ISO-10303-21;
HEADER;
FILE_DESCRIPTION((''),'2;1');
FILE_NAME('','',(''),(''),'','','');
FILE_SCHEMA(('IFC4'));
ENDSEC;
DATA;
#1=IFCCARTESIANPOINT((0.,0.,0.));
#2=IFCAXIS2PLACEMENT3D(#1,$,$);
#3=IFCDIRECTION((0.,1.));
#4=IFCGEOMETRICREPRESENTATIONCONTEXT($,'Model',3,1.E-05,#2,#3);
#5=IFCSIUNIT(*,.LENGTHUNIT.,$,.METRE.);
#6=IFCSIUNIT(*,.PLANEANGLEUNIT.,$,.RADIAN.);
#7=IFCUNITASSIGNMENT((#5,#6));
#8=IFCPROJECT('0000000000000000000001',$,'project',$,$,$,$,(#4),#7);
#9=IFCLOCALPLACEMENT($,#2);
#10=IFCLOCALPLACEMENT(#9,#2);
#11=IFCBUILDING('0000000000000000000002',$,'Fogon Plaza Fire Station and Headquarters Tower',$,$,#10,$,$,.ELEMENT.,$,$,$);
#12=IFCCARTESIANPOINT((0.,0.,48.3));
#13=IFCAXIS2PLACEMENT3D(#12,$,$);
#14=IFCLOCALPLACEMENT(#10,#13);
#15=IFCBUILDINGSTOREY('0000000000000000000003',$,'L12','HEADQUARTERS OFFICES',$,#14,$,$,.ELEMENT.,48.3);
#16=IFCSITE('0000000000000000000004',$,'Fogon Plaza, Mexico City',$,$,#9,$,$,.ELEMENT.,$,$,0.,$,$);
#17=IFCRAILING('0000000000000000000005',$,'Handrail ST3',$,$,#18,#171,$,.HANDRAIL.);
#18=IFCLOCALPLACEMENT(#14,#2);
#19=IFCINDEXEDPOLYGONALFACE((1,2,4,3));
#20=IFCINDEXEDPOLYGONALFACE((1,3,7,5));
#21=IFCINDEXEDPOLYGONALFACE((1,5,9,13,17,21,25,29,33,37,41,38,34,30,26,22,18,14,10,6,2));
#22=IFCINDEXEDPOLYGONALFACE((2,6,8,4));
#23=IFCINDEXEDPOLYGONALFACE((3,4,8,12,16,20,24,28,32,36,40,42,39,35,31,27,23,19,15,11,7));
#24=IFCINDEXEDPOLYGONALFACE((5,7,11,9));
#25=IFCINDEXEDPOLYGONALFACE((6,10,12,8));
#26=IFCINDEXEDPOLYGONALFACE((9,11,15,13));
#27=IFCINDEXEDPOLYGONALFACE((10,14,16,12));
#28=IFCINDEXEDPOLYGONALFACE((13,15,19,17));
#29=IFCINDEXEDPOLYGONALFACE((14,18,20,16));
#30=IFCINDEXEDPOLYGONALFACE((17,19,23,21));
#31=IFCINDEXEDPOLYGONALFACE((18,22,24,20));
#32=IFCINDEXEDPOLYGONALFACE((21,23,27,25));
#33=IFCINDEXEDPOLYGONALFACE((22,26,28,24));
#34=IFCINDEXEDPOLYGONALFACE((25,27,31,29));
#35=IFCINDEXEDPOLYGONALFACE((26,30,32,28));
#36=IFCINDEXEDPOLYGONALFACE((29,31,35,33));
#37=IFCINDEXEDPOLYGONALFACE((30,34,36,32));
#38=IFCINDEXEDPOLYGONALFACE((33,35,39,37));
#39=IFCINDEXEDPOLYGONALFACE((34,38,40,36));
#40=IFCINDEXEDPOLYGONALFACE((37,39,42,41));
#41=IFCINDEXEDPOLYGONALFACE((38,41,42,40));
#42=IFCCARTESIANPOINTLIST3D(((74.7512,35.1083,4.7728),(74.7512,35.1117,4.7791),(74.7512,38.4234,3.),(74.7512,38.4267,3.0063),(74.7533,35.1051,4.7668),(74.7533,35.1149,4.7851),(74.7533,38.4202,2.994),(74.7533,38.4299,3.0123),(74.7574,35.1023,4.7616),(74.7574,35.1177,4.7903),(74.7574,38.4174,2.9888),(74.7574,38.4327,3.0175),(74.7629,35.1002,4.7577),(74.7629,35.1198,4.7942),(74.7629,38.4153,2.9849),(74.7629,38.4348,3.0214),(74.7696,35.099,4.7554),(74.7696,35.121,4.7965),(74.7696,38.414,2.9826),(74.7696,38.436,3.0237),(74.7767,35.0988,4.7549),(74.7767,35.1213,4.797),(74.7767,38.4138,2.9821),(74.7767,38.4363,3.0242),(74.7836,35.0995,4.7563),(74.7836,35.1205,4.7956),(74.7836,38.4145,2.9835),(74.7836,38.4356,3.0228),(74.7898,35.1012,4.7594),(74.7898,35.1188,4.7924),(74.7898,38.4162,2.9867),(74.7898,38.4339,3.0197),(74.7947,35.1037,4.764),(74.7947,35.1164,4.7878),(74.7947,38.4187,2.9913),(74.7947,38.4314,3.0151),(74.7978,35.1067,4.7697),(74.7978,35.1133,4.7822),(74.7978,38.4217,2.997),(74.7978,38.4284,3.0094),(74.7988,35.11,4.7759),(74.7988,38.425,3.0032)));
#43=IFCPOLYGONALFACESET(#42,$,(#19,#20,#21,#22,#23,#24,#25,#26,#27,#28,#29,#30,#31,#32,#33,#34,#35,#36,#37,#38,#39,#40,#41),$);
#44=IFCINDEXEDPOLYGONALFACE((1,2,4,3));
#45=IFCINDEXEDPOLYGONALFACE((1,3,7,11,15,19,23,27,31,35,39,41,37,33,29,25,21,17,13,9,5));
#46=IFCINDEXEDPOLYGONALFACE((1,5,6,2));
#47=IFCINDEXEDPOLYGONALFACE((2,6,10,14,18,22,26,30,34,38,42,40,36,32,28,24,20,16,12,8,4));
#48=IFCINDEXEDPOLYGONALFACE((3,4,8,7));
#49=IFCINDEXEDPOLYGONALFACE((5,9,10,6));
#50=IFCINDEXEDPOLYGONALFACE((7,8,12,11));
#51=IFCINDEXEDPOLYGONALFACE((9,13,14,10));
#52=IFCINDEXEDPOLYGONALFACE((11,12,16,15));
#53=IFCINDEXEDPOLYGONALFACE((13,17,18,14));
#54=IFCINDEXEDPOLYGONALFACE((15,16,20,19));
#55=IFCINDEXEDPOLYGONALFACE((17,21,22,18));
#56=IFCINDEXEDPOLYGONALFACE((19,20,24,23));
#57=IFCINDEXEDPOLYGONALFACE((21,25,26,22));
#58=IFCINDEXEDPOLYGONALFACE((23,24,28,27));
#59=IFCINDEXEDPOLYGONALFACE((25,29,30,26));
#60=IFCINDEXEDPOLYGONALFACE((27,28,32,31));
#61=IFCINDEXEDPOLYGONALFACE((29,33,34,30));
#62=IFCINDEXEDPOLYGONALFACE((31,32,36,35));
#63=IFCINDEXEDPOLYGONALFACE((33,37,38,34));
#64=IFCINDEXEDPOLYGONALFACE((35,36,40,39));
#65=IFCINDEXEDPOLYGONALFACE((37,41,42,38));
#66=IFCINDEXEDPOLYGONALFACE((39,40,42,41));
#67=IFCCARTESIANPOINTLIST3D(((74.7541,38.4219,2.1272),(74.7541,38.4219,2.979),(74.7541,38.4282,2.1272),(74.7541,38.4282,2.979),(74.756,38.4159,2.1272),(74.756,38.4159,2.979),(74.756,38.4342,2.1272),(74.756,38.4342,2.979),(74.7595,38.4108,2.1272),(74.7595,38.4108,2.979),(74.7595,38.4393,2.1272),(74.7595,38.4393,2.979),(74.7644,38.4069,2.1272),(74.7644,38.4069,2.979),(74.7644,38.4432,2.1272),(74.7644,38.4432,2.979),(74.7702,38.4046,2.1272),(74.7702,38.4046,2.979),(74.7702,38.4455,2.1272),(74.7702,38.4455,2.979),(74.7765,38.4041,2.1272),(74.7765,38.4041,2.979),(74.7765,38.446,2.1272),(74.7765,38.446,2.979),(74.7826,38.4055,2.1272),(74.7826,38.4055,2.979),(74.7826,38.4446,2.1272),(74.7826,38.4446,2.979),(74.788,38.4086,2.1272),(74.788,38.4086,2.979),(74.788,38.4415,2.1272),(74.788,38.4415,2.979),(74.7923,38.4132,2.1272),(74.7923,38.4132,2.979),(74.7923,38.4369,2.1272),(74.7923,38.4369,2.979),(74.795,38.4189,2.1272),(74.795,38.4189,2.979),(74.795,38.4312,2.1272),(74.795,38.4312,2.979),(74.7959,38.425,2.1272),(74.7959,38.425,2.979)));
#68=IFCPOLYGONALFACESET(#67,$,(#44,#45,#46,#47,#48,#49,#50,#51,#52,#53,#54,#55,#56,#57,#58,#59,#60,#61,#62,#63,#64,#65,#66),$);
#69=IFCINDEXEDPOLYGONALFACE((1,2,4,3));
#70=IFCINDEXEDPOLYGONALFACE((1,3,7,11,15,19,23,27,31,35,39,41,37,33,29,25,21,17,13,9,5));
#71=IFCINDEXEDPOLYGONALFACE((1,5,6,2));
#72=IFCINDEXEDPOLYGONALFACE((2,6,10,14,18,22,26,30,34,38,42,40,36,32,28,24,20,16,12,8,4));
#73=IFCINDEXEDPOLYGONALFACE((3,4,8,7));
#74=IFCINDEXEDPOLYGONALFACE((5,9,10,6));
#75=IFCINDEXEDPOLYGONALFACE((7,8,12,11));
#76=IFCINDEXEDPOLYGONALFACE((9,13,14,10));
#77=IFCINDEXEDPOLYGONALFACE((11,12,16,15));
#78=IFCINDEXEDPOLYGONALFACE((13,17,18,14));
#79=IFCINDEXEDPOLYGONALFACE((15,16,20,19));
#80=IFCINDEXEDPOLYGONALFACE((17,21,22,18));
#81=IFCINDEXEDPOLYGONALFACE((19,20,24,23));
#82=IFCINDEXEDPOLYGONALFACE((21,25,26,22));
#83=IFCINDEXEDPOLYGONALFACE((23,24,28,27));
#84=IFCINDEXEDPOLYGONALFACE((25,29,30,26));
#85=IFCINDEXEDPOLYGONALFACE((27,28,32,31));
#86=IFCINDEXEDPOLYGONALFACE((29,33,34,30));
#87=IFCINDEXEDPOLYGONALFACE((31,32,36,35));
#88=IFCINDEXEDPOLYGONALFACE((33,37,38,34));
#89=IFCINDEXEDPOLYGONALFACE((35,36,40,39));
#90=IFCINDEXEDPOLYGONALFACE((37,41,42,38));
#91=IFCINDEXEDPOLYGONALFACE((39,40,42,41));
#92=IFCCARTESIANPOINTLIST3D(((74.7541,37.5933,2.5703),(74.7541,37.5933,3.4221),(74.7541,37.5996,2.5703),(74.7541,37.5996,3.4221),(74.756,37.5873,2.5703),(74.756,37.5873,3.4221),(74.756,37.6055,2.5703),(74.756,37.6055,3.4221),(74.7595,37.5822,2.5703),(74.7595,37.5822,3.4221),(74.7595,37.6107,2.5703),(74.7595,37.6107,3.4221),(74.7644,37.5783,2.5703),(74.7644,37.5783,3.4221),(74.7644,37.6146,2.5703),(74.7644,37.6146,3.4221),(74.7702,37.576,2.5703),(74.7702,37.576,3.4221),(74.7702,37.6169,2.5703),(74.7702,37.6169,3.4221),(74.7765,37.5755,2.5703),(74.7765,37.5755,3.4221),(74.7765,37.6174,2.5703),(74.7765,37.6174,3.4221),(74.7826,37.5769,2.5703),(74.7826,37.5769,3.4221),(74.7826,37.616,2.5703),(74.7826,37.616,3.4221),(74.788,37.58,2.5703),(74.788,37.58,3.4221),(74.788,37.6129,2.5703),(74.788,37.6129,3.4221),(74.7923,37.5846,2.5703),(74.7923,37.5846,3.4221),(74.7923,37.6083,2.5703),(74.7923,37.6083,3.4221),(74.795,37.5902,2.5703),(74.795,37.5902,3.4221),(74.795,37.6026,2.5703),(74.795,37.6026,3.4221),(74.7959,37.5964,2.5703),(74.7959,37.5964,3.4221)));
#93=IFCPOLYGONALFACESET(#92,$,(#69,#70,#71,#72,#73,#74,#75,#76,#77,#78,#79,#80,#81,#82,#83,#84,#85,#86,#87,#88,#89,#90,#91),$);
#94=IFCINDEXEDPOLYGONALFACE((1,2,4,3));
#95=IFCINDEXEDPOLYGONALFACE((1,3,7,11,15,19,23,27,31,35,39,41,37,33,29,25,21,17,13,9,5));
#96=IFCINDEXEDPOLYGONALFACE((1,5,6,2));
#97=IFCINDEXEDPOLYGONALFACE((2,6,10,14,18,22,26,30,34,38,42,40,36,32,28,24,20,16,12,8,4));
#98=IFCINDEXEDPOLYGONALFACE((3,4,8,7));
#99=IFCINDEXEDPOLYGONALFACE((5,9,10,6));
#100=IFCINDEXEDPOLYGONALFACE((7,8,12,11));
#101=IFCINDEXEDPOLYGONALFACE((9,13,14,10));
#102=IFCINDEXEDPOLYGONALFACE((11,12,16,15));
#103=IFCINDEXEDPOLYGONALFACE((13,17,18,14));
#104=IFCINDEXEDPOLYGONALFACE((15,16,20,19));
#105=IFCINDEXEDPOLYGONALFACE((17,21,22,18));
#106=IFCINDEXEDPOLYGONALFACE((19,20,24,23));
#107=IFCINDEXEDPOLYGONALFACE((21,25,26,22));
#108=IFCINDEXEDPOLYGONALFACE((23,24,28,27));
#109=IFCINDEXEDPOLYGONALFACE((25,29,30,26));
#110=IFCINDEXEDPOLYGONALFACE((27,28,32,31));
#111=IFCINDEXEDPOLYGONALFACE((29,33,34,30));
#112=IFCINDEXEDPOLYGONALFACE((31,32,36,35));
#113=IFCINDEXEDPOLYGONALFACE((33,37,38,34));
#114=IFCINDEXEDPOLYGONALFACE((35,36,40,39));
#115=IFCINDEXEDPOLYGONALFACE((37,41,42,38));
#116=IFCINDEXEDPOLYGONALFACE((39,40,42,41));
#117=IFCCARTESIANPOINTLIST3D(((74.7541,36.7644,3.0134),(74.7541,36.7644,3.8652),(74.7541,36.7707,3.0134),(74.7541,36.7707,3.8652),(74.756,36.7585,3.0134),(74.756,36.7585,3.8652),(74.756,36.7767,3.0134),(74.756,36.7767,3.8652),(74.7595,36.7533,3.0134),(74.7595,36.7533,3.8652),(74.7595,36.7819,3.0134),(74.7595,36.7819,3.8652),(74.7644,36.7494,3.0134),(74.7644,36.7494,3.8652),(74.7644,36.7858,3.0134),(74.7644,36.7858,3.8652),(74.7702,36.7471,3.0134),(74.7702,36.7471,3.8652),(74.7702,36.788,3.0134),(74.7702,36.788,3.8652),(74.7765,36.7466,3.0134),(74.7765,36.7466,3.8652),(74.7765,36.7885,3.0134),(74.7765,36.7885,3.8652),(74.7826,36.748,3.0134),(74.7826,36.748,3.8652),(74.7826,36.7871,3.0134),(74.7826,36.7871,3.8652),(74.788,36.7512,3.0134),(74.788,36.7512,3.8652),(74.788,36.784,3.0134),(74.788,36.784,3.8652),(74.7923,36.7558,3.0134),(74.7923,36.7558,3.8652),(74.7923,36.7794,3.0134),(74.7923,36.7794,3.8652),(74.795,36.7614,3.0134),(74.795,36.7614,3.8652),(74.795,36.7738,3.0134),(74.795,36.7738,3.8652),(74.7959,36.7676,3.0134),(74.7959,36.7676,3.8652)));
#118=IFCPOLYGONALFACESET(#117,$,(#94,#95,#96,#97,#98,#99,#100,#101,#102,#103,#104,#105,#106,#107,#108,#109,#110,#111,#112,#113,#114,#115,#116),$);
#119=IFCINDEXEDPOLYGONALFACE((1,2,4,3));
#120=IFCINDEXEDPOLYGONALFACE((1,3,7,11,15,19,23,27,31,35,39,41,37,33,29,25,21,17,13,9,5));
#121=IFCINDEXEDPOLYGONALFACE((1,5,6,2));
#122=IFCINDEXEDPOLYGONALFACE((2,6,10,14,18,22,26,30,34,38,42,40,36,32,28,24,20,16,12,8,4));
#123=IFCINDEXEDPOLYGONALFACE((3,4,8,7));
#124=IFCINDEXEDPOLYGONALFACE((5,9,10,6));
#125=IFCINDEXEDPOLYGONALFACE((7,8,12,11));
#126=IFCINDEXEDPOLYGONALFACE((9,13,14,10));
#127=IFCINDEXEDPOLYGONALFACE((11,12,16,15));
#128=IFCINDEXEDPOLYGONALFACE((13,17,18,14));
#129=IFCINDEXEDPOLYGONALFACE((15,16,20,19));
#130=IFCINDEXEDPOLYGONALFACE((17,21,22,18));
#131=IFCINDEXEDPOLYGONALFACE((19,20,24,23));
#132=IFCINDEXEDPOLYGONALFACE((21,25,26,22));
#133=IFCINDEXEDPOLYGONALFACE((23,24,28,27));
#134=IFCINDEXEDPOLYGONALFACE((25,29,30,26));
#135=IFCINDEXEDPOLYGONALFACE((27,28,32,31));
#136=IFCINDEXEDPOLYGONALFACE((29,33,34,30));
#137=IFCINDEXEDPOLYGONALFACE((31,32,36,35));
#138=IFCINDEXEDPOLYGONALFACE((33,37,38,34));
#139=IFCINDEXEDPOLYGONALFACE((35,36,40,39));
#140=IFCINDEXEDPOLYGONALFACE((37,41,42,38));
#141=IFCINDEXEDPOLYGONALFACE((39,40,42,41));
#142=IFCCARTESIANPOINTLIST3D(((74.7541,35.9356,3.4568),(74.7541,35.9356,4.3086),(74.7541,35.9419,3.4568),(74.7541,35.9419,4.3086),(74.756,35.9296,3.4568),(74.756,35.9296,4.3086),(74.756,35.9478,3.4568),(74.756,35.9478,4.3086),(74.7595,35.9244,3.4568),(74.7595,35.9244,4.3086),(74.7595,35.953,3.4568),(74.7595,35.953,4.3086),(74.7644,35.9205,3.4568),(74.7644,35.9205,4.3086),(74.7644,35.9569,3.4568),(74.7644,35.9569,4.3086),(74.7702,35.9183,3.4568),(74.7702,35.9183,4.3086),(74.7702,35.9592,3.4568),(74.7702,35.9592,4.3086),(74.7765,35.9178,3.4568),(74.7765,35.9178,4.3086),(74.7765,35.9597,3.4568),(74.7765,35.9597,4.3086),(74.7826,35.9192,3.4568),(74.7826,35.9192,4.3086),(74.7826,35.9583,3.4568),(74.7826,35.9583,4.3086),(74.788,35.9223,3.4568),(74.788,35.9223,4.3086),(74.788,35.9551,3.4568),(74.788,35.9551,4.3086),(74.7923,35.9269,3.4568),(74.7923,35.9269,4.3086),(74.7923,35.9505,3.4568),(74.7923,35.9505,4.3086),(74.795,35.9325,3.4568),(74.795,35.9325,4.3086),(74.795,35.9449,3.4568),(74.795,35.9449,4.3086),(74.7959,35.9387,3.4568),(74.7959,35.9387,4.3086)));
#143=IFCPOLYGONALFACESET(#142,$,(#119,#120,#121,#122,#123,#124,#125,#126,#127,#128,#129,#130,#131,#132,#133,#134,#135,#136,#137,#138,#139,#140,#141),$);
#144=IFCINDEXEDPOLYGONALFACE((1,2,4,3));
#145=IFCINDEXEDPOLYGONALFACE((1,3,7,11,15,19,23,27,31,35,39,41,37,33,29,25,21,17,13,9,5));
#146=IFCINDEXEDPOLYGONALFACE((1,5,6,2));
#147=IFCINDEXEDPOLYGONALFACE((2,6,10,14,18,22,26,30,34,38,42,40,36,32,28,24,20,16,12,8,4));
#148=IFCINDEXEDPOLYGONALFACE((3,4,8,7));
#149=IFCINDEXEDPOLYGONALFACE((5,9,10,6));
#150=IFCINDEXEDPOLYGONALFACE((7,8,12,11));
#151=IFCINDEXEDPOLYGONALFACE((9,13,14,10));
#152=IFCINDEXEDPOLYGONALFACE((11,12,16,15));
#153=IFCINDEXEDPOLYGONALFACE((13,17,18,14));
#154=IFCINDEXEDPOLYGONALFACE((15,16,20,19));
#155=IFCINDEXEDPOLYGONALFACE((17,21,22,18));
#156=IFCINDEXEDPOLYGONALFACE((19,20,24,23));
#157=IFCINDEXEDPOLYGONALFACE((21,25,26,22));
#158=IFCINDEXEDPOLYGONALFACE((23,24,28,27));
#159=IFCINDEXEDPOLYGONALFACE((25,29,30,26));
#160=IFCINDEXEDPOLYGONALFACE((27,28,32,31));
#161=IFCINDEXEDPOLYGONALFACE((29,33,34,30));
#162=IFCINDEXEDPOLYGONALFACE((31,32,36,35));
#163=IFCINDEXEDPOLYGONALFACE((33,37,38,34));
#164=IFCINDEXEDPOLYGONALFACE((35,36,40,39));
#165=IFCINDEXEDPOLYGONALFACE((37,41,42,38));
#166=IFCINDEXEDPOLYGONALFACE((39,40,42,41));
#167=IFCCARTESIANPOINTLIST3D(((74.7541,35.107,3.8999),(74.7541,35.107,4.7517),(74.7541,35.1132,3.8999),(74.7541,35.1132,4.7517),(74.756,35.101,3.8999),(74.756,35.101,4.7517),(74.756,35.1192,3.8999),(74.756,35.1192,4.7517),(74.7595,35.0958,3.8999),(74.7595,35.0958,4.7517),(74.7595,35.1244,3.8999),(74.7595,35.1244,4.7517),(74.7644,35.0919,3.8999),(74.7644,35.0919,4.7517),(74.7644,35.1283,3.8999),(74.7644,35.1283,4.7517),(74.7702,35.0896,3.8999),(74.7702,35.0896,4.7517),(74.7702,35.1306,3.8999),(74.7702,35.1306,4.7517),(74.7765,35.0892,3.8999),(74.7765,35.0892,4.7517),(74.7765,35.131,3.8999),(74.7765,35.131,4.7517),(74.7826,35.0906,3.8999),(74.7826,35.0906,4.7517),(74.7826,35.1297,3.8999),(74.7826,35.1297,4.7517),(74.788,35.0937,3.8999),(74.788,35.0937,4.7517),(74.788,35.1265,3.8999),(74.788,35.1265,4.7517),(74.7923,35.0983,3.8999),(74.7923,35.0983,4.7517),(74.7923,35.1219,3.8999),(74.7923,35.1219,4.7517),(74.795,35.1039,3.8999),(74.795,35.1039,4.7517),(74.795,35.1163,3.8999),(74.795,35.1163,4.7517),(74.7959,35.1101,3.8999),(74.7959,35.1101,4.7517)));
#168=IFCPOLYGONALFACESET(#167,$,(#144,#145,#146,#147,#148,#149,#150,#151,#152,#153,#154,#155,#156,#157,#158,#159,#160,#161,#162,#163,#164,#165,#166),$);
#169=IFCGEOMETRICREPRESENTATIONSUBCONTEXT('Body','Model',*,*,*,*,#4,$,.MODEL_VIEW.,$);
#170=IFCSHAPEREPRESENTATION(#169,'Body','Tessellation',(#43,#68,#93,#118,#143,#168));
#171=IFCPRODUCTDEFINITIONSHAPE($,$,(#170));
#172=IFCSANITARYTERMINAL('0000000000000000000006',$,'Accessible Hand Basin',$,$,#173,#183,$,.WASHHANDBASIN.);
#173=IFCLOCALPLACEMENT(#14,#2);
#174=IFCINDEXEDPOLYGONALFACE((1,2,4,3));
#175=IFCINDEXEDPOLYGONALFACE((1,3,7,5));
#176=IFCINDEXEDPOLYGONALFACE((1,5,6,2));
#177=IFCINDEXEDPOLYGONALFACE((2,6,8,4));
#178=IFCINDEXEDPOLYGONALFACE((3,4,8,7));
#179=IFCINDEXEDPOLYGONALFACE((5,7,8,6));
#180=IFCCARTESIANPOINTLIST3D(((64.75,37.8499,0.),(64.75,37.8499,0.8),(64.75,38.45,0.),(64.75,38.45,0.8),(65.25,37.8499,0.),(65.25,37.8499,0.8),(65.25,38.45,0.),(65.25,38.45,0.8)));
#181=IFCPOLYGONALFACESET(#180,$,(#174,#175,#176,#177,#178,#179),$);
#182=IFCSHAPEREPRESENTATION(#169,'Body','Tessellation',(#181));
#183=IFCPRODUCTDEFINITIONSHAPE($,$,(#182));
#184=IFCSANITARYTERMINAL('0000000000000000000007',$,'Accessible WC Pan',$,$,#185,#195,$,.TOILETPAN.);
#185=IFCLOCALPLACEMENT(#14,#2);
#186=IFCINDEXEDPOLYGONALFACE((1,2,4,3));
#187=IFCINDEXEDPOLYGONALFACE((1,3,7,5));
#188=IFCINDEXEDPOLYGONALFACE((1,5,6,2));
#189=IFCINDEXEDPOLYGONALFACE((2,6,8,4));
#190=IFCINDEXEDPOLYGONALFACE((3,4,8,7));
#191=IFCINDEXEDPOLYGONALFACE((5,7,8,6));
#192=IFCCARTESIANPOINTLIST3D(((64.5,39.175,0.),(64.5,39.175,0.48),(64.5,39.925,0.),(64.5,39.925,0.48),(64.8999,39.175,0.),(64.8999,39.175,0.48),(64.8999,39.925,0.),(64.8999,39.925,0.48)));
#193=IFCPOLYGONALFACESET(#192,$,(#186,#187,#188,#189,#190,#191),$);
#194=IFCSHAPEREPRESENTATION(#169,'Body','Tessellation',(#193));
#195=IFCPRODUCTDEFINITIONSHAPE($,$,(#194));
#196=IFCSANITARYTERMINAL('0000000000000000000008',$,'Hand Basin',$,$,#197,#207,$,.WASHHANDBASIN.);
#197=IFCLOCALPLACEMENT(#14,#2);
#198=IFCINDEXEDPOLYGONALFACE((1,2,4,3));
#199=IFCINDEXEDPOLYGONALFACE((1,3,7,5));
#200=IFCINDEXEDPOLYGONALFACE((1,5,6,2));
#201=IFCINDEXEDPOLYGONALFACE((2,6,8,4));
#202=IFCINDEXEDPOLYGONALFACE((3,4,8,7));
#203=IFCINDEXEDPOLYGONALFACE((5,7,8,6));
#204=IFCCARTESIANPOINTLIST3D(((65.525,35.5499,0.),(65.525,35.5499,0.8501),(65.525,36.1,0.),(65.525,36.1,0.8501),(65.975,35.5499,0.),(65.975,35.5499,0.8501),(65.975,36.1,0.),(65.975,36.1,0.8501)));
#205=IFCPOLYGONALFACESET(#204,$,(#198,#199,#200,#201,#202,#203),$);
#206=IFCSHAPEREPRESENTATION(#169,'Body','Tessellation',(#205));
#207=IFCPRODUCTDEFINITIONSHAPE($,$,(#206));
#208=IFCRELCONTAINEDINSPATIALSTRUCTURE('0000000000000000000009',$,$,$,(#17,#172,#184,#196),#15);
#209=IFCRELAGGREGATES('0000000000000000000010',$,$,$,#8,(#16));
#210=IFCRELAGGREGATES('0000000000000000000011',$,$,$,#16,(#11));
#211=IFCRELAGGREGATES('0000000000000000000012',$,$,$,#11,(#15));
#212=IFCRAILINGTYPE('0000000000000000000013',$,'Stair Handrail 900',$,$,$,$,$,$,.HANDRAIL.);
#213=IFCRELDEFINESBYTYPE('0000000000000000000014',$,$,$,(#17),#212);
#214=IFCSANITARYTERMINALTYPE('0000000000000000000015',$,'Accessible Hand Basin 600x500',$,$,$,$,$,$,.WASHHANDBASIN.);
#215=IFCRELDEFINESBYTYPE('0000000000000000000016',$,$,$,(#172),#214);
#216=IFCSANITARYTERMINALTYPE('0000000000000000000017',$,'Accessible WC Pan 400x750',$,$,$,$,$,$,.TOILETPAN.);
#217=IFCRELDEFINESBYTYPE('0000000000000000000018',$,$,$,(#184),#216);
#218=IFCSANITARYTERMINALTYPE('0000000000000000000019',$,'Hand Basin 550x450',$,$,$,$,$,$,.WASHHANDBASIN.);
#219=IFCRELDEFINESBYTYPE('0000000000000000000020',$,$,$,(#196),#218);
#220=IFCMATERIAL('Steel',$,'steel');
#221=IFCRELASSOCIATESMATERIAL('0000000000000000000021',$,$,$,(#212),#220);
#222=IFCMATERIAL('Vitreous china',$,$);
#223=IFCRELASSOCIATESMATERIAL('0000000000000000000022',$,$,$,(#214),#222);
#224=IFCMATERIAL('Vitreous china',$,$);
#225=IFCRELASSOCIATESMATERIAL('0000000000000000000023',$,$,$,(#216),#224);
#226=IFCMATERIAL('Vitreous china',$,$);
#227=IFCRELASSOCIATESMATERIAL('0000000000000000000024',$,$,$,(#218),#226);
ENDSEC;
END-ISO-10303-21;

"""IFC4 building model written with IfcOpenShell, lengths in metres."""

from ifc_helpers import new_model, si_unit, direction, frame, origin, origin_2d, place, context, subcontext, project, spatial, rectangle, circle, extrude, material, type_object, element, save


model = new_model("IFC4")

# Units and contexts
model_context = context("Model", 3, precision=1e-05, world=origin(), true_north=direction((0.0, 1.0)))
body_context = subcontext(model_context, "Body", "Model", "MODEL_VIEW")
ifc_project = project(units=[si_unit("LENGTHUNIT", "METRE"), si_unit("PLANEANGLEUNIT", "RADIAN")], contexts=[model_context])

# Site, building, storey
site_placement = place(None, origin())
site = spatial("IfcSite", under=ifc_project, at=site_placement, Name="Fogon Plaza, Mexico City", CompositionType="ELEMENT", RefElevation=0.0)
building_placement = place(site_placement, origin())
building = spatial("IfcBuilding", under=site, at=building_placement, Name="Fogon Plaza Fire Station and Headquarters Tower", CompositionType="ELEMENT")
storey_placement = place(building_placement, frame((0.0, 0.0, 48.3)))
storey = spatial("IfcBuildingStorey", under=building, at=storey_placement, Name="L12", Description="HEADQUARTERS OFFICES", CompositionType="ELEMENT", Elevation=48.3)

# Railing
ifc_material_1 = material(Name="Steel", Category="steel")
railing_type = type_object("IfcRailingType", Name="Stair Handrail 900", PredefinedType="HANDRAIL", material=ifc_material_1)
for number, where, name in (
    (1, (74.7749, 38.425, 2.1272), "Handrail ST3"),
):
    element("IfcRailing", number, at=place(storey_placement, frame(where)), inside=storey, type_object=railing_type, Name=name, PredefinedType="HANDRAIL", context=body_context, shape_type="SweptSolid", body=[
        extrude(circle(Radius=0.0239, at=origin_2d()), frame((0.0, 0.0, 0.876), z_axis=(0.0, -0.881829, 0.471569), x_axis=(1.0, 0.0, 0.0)), (0.0, 0.0, 1.0), 3.7593),
        extrude(circle(Radius=0.021, at=origin_2d()), origin(), (0.0, 0.0, 1.0), 0.8518),
        extrude(circle(Radius=0.021, at=origin_2d()), frame((0.0, -0.8286, 0.4431)), (0.0, 0.0, 1.0), 0.8518),
        extrude(circle(Radius=0.021, at=origin_2d()), frame((0.0, -1.6575, 0.8862)), (0.0, 0.0, 1.0), 0.8518),
        extrude(circle(Radius=0.021, at=origin_2d()), frame((0.0, -2.4863, 1.3296)), (0.0, 0.0, 1.0), 0.8518),
        extrude(circle(Radius=0.021, at=origin_2d()), frame((0.0, -3.3149, 1.7727)), (0.0, 0.0, 1.0), 0.8518),
    ])

# Sanitary terminals
ifc_material_2 = material(Name="Vitreous china")
sanitary_terminal_type_1 = type_object("IfcSanitaryTerminalType", Name="Accessible Hand Basin 600x500", PredefinedType="WASHHANDBASIN", material=ifc_material_2)
sanitary_terminal_1_placement = place(storey_placement, frame((65.0, 38.1499, 0.0), z_axis=(0.0, 0.0, 1.0), x_axis=(1.0, 0.0, 0.0)))
element("IfcSanitaryTerminal", 2, at=sanitary_terminal_1_placement, inside=storey, type_object=sanitary_terminal_type_1, Name="Accessible Hand Basin", PredefinedType="WASHHANDBASIN", context=body_context, shape_type="SweptSolid", body=[
    extrude(rectangle(XDim=0.5, YDim=0.6001, at=origin_2d()), origin(), (0.0, 0.0, 1.0), 0.8),
])
ifc_material_3 = material(Name="Vitreous china")
sanitary_terminal_type_2 = type_object("IfcSanitaryTerminalType", Name="Accessible WC Pan 400x750", PredefinedType="TOILETPAN", material=ifc_material_3)
sanitary_terminal_2_placement = place(storey_placement, frame((64.7, 39.55, 0.0), z_axis=(0.0, 0.0, 1.0), x_axis=(1.0, 0.0, 0.0)))
element("IfcSanitaryTerminal", 3, at=sanitary_terminal_2_placement, inside=storey, type_object=sanitary_terminal_type_2, Name="Accessible WC Pan", PredefinedType="TOILETPAN", context=body_context, shape_type="SweptSolid", body=[
    extrude(rectangle(XDim=0.3999, YDim=0.75, at=origin_2d()), origin(), (0.0, 0.0, 1.0), 0.48),
])
ifc_material_4 = material(Name="Vitreous china")
sanitary_terminal_type_3 = type_object("IfcSanitaryTerminalType", Name="Hand Basin 550x450", PredefinedType="WASHHANDBASIN", material=ifc_material_4)
for number, where, z_axis, x_axis, name in (
    (4, (65.75, 35.825, 0.0), (0.0, 0.0, 1.0), (1.0, 0.0, 0.0), "Hand Basin"),
):
    element("IfcSanitaryTerminal", number, at=place(storey_placement, frame(where, z_axis=z_axis, x_axis=x_axis)), inside=storey, type_object=sanitary_terminal_type_3, Name=name, PredefinedType="WASHHANDBASIN", context=body_context, shape_type="SweptSolid", body=[
        extrude(rectangle(XDim=0.45, YDim=0.55, at=origin_2d()), origin(), (0.0, 0.0, 1.0), 0.8501),
    ])

save(model, "model.ifc")
